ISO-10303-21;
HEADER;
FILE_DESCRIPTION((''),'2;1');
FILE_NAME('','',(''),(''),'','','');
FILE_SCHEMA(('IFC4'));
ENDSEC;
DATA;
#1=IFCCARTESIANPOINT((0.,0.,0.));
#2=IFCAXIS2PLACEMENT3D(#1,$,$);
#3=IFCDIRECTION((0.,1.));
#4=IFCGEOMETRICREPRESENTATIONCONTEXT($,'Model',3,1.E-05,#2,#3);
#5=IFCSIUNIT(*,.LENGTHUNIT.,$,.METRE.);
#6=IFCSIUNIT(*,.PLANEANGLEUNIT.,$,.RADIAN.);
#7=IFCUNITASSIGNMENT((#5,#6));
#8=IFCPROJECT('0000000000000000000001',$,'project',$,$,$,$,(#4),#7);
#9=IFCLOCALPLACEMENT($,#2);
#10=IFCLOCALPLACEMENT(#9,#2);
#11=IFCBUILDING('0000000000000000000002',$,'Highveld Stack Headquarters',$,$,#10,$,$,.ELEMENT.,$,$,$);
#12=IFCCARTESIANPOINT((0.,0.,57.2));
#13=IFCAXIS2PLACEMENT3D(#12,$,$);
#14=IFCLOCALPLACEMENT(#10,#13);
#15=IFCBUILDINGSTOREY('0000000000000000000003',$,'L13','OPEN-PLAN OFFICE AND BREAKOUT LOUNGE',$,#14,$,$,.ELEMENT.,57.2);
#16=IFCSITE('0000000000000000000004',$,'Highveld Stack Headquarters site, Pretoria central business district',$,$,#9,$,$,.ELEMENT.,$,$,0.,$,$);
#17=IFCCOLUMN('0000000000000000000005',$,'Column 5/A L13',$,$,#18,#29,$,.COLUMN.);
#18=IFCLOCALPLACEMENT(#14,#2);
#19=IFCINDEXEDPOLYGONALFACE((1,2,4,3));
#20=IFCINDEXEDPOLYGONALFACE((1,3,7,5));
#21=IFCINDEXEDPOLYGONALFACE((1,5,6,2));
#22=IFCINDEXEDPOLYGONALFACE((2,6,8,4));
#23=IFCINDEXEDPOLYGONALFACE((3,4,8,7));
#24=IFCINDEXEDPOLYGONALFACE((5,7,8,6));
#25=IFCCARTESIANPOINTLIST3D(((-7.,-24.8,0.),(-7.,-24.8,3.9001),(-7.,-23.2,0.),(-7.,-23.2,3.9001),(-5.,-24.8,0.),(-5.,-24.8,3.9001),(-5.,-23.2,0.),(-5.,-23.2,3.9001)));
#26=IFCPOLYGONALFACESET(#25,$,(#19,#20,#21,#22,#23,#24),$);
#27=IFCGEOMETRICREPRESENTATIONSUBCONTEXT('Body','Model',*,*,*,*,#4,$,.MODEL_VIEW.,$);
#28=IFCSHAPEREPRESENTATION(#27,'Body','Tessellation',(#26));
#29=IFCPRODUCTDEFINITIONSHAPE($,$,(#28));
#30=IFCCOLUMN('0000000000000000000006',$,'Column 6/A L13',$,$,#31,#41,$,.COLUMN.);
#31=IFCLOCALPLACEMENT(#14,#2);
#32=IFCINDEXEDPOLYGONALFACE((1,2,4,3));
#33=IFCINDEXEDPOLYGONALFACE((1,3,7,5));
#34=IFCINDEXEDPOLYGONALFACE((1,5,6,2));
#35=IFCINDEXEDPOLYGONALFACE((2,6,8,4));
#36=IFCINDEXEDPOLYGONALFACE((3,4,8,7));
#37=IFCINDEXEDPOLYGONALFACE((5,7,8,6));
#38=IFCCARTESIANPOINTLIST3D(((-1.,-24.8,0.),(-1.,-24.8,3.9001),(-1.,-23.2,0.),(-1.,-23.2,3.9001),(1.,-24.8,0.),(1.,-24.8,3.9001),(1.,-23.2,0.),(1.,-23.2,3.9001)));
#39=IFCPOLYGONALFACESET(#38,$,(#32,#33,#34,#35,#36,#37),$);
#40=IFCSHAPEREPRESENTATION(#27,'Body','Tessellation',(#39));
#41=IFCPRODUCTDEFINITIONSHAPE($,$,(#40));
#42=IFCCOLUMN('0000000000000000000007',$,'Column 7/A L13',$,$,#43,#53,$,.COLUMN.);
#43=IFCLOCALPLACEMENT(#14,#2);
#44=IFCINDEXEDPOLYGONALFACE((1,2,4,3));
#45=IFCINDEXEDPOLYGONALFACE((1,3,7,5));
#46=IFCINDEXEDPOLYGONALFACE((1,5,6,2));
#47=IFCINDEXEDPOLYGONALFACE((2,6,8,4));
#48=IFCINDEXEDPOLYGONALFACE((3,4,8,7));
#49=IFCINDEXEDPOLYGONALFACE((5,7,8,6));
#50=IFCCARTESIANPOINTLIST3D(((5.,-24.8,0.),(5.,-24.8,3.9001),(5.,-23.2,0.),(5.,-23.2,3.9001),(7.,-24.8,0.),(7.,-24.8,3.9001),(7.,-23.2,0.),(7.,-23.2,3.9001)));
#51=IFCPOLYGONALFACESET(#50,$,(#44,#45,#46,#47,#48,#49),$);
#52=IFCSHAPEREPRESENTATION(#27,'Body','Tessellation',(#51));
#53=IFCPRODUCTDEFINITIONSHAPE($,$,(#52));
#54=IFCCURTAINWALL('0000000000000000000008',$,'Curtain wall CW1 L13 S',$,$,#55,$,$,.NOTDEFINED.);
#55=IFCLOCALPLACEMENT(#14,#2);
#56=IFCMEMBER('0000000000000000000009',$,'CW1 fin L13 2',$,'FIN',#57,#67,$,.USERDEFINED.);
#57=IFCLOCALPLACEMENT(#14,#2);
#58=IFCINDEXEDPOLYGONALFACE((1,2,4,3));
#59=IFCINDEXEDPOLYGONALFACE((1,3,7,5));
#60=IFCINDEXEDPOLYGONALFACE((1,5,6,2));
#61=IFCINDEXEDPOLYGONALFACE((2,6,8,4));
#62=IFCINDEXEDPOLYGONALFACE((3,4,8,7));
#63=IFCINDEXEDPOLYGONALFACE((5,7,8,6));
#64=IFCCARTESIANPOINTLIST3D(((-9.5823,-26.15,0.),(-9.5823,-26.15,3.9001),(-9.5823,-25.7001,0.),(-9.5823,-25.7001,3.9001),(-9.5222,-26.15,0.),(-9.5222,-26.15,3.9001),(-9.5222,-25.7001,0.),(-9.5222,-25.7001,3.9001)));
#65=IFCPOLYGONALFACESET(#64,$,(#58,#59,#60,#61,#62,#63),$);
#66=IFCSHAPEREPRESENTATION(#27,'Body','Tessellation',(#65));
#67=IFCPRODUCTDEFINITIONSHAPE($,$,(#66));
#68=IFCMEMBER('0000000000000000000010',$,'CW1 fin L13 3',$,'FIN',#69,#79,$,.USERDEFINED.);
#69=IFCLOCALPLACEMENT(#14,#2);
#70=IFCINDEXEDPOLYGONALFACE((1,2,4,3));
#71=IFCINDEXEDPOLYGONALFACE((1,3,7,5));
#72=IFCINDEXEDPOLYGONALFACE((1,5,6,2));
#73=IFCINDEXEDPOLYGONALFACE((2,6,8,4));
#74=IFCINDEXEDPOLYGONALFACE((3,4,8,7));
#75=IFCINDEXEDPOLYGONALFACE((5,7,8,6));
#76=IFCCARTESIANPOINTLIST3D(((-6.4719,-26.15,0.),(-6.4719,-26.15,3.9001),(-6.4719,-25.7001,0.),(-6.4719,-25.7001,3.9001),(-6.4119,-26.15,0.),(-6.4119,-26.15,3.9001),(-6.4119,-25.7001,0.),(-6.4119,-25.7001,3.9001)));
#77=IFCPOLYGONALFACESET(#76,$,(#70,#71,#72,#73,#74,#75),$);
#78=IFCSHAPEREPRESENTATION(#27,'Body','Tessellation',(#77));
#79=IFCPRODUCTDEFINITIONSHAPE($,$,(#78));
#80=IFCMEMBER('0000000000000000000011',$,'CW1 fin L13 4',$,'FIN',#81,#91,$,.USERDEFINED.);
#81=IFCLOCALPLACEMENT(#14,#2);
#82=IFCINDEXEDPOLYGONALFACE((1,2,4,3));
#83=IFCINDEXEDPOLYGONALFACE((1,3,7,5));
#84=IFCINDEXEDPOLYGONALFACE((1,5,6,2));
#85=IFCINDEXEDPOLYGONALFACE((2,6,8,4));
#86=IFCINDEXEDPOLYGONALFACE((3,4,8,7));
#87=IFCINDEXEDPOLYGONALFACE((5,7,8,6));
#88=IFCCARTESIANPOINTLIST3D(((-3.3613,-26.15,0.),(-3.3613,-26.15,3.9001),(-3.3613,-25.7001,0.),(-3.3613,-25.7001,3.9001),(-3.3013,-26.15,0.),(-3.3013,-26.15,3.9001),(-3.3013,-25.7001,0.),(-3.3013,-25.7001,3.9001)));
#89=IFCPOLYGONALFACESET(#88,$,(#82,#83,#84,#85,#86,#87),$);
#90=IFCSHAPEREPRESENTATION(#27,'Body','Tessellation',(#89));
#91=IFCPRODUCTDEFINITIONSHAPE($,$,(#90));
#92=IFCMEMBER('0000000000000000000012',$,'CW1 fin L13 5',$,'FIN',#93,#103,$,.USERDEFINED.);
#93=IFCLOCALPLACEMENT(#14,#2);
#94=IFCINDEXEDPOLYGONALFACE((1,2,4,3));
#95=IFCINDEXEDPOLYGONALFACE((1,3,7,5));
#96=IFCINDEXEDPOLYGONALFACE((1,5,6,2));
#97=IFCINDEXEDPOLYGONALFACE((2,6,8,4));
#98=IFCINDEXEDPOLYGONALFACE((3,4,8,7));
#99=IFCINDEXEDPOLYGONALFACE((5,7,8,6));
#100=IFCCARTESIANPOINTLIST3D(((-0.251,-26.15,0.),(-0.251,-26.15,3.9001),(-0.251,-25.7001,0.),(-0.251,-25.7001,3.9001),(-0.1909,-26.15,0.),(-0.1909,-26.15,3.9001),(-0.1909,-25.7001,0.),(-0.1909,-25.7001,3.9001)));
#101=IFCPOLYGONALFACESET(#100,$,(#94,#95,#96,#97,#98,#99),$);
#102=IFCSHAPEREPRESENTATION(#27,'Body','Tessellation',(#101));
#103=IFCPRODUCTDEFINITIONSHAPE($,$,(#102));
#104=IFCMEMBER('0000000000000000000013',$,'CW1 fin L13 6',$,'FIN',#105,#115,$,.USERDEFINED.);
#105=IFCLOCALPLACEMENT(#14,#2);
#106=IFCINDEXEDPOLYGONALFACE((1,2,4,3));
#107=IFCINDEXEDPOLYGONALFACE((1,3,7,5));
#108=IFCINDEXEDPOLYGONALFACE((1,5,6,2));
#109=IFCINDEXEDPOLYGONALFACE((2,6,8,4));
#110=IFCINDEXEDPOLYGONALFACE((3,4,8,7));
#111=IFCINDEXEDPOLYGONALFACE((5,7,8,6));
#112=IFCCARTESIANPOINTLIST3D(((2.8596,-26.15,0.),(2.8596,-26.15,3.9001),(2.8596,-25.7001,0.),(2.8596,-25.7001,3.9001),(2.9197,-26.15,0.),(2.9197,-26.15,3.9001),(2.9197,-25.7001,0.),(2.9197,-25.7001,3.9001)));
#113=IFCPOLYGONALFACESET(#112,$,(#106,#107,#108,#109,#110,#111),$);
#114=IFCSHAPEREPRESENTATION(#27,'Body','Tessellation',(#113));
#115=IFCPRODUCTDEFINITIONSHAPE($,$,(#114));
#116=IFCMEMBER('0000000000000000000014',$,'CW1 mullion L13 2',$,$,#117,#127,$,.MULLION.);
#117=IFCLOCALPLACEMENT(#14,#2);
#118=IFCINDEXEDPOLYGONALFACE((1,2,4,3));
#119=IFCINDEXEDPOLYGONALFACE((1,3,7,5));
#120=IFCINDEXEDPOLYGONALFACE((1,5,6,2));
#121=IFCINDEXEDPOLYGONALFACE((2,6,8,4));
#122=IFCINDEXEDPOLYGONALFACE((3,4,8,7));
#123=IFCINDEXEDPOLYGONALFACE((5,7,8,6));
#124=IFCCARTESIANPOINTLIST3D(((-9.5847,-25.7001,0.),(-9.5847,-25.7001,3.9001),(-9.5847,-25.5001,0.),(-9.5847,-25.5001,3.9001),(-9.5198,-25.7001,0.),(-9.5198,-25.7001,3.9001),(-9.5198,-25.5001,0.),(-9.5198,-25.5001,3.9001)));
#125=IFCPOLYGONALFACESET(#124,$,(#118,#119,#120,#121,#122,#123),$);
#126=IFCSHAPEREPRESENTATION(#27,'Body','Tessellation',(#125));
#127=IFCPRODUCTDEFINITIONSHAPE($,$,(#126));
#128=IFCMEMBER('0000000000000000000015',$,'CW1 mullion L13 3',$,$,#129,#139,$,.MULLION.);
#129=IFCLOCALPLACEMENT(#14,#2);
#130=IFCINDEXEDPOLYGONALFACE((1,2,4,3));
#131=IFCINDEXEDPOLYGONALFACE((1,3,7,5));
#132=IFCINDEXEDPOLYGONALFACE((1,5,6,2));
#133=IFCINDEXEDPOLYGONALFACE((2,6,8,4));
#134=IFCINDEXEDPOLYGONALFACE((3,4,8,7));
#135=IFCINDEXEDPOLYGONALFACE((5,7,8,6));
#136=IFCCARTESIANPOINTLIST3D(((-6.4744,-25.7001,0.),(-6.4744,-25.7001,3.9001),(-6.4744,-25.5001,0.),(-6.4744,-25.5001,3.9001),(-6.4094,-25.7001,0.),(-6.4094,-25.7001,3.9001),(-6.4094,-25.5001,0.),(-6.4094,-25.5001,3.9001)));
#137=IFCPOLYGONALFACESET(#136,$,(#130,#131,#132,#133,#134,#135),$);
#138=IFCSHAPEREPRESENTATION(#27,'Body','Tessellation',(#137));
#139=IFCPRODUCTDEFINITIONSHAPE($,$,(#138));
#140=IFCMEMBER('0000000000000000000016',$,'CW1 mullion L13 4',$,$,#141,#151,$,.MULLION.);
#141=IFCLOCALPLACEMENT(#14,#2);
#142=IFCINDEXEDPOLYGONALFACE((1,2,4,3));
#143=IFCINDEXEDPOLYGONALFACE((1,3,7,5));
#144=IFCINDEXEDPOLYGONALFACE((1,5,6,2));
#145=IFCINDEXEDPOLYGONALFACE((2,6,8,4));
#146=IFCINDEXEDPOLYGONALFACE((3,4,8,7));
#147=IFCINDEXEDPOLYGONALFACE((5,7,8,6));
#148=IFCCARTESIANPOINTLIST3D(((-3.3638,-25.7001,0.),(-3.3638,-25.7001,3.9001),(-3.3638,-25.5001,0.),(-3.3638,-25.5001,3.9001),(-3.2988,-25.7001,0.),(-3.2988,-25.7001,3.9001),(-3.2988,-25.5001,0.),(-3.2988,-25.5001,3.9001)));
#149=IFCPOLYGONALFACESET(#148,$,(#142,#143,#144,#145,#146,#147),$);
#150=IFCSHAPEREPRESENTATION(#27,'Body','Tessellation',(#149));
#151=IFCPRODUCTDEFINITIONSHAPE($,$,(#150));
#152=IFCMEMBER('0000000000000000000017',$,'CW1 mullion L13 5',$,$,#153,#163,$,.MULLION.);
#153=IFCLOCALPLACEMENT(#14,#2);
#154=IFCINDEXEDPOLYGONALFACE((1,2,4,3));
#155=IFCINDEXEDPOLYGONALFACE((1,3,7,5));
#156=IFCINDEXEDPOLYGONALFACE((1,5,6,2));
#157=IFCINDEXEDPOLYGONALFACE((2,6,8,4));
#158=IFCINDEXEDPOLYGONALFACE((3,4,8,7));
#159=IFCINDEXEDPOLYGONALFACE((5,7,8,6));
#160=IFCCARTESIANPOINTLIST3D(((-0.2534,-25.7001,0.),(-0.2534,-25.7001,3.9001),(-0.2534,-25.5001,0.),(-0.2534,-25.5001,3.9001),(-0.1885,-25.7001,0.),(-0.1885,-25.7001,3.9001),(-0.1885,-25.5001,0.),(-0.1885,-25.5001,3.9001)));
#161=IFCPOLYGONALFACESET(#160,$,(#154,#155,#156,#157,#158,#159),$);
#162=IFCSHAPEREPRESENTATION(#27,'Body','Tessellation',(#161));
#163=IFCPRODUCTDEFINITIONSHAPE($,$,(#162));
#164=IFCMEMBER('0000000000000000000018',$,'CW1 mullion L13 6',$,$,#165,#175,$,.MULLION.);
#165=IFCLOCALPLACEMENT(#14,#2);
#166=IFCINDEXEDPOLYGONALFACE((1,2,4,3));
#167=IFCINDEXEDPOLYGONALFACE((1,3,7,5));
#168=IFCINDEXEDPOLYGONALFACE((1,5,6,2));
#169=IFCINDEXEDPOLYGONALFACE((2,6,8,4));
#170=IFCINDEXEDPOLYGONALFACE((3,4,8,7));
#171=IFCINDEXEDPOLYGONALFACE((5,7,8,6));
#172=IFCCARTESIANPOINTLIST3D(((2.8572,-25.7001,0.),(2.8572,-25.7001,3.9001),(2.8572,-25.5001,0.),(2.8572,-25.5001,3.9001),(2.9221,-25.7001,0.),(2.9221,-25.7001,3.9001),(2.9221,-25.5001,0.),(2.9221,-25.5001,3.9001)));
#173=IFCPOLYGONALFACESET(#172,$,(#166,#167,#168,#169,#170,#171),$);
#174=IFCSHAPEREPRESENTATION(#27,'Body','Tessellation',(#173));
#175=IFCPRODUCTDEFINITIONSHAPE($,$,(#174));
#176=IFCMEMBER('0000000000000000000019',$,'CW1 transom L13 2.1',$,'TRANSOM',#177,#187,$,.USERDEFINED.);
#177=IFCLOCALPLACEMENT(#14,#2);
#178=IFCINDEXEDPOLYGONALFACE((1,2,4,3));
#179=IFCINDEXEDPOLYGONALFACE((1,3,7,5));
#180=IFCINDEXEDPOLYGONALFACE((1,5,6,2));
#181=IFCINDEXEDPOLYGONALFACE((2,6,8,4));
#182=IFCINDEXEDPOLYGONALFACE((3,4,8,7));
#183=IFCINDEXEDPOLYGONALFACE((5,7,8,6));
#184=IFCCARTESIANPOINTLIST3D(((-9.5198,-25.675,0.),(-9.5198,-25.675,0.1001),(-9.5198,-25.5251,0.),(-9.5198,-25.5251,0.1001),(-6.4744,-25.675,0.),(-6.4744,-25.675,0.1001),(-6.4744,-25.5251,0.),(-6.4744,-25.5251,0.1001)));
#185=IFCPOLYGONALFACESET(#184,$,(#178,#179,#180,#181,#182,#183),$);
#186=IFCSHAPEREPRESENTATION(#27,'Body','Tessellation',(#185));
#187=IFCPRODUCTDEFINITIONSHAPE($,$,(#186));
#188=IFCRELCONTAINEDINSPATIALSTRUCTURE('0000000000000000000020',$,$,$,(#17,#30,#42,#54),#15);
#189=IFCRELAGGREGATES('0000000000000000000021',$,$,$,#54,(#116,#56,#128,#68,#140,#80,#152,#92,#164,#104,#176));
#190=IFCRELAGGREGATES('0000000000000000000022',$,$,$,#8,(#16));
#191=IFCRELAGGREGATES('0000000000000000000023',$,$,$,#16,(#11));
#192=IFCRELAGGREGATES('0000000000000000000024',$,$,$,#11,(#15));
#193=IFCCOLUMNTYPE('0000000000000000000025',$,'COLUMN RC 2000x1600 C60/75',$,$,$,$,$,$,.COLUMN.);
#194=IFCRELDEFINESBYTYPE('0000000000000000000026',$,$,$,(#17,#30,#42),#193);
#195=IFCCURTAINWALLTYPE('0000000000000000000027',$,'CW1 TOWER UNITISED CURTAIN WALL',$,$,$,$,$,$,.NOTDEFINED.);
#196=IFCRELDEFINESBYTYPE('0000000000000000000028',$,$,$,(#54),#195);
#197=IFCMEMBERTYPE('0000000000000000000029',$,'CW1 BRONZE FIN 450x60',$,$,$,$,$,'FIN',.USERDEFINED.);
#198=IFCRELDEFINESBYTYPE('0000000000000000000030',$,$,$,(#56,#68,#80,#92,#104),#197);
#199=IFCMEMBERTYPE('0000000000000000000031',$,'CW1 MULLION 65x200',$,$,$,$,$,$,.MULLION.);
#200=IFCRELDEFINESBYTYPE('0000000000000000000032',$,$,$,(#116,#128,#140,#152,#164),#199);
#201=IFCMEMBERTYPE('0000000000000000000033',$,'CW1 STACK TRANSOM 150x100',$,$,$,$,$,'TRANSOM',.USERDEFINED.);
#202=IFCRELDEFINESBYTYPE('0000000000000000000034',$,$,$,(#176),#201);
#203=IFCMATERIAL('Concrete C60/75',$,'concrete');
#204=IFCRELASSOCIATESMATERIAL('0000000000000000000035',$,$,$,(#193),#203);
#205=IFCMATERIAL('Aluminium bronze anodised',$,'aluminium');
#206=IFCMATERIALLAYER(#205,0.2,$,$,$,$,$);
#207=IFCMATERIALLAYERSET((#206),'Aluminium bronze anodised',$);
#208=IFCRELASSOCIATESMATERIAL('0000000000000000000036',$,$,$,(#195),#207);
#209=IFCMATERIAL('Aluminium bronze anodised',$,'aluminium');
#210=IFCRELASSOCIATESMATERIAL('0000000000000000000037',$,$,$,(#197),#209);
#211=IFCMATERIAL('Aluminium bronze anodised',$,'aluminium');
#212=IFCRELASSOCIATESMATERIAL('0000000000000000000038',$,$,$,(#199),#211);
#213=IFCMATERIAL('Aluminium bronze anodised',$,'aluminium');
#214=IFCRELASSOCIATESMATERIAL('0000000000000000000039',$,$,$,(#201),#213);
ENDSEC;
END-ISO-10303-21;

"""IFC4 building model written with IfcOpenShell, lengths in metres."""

from ifc_helpers import new_model, si_unit, direction, frame, origin, origin_2d, place, context, subcontext, project, spatial, rectangle, extrude, material, layer, layer_set, material_profile, profile_set, type_object, element, aggregate, save


model = new_model("IFC4")

# Units and contexts
model_context = context("Model", 3, precision=1e-05, world=origin(), true_north=direction((0.0, 1.0)))
body_context = subcontext(model_context, "Body", "Model", "MODEL_VIEW")
ifc_project = project(units=[si_unit("LENGTHUNIT", "METRE"), si_unit("PLANEANGLEUNIT", "RADIAN")], contexts=[model_context])

# Site, building, storey
site_placement = place(None, origin())
site = spatial("IfcSite", under=ifc_project, at=site_placement, Name="Highveld Stack Headquarters site, Pretoria central business district", CompositionType="ELEMENT", RefElevation=0.0)
building_placement = place(site_placement, origin())
building = spatial("IfcBuilding", under=site, at=building_placement, Name="Highveld Stack Headquarters", CompositionType="ELEMENT")
storey_placement = place(building_placement, frame((0.0, 0.0, 57.2)))
storey = spatial("IfcBuildingStorey", under=building, at=storey_placement, Name="L13", Description="OPEN-PLAN OFFICE AND BREAKOUT LOUNGE", CompositionType="ELEMENT", Elevation=57.2)

# Columns
ifc_material_1 = material(Name="Concrete C60/75", Category="concrete")
ifc_material_profile_1 = material_profile(ifc_material_1, rectangle(XDim=2.0, YDim=1.6001, at=origin_2d()), Name="RC 2000x1600")
ifc_profile_set_1 = profile_set([ifc_material_profile_1], Name="Concrete C60/75")
column_type = type_object("IfcColumnType", Name="COLUMN RC 2000x1600 C60/75", PredefinedType="COLUMN", material=ifc_profile_set_1)
for number, where, z_axis, x_axis, name in (
    (1, (-6.0, -24.0, 0.0), (0.0, 0.0, 1.0), (1.0, 0.0, 0.0), "Column 5/A L13"),
    (2, (0.0, -24.0, 0.0), (0.0, 0.0, 1.0), (1.0, 0.0, 0.0), "Column 6/A L13"),
    (3, (6.0, -24.0, 0.0), (0.0, 0.0, 1.0), (1.0, 0.0, 0.0), "Column 7/A L13"),
):
    element("IfcColumn", number, at=place(storey_placement, frame(where, z_axis=z_axis, x_axis=x_axis)), inside=storey, type_object=column_type, Name=name, PredefinedType="COLUMN", context=body_context, shape_type="SweptSolid", body=[
        extrude(rectangle(XDim=2.0, YDim=1.6001, at=origin_2d()), origin(), (0.0, 0.0, 1.0), 3.9001),
    ])

# Curtain wall, members
ifc_material_2 = material(Name="Aluminium bronze anodised", Category="aluminium")
ifc_layer_1 = layer(ifc_material_2, 0.2)
ifc_layer_set_1 = layer_set([ifc_layer_1], Name="Aluminium bronze anodised")
curtain_wall_type = type_object("IfcCurtainWallType", Name="CW1 TOWER UNITISED CURTAIN WALL", PredefinedType="NOTDEFINED", material=ifc_layer_set_1)
curtain_wall_placement = place(storey_placement, origin())
curtain_wall = element("IfcCurtainWall", 4, at=curtain_wall_placement, inside=storey, type_object=curtain_wall_type, Name="Curtain wall CW1 L13 S", PredefinedType="NOTDEFINED")
ifc_material_3 = material(Name="Aluminium bronze anodised", Category="aluminium")
ifc_material_profile_2 = material_profile(ifc_material_3, rectangle(XDim=0.45, YDim=0.0601, at=origin_2d()), Name="FIN 450x60")
ifc_profile_set_2 = profile_set([ifc_material_profile_2], Name="Aluminium bronze anodised")
member_type_1 = type_object("IfcMemberType", Name="CW1 BRONZE FIN 450x60", ElementType="FIN", PredefinedType="USERDEFINED", material=ifc_profile_set_2)
member_1_placement = place(storey_placement, frame((-9.5522, -25.925, 0.0), z_axis=(0.0, 0.0, 1.0), x_axis=(0.0, 1.0, 0.0)))
member_1 = element("IfcMember", 5, at=member_1_placement, type_object=member_type_1, Name="CW1 fin L13 2", ObjectType="FIN", PredefinedType="USERDEFINED", context=body_context, shape_type="SweptSolid", body=[
    extrude(rectangle(XDim=0.45, YDim=0.0601, at=origin_2d()), origin(), (0.0, 0.0, 1.0), 3.9001),
])
member_2_placement = place(storey_placement, frame((-6.4419, -25.925, 0.0), z_axis=(0.0, 0.0, 1.0), x_axis=(0.0, 1.0, 0.0)))
member_2 = element("IfcMember", 6, at=member_2_placement, type_object=member_type_1, Name="CW1 fin L13 3", ObjectType="FIN", PredefinedType="USERDEFINED", context=body_context, shape_type="SweptSolid", body=[
    extrude(rectangle(XDim=0.45, YDim=0.0601, at=origin_2d()), origin(), (0.0, 0.0, 1.0), 3.9001),
])
member_3_placement = place(storey_placement, frame((-3.3313, -25.925, 0.0), z_axis=(0.0, 0.0, 1.0), x_axis=(0.0, 1.0, 0.0)))
member_3 = element("IfcMember", 7, at=member_3_placement, type_object=member_type_1, Name="CW1 fin L13 4", ObjectType="FIN", PredefinedType="USERDEFINED", context=body_context, shape_type="SweptSolid", body=[
    extrude(rectangle(XDim=0.45, YDim=0.0601, at=origin_2d()), origin(), (0.0, 0.0, 1.0), 3.9001),
])
member_4_placement = place(storey_placement, frame((-0.2209, -25.925, 0.0), z_axis=(0.0, 0.0, 1.0), x_axis=(0.0, 1.0, 0.0)))
member_4 = element("IfcMember", 8, at=member_4_placement, type_object=member_type_1, Name="CW1 fin L13 5", ObjectType="FIN", PredefinedType="USERDEFINED", context=body_context, shape_type="SweptSolid", body=[
    extrude(rectangle(XDim=0.45, YDim=0.0601, at=origin_2d()), origin(), (0.0, 0.0, 1.0), 3.9001),
])
member_5_placement = place(storey_placement, frame((2.8896, -25.925, 0.0), z_axis=(0.0, 0.0, 1.0), x_axis=(0.0, 1.0, 0.0)))
member_5 = element("IfcMember", 9, at=member_5_placement, type_object=member_type_1, Name="CW1 fin L13 6", ObjectType="FIN", PredefinedType="USERDEFINED", context=body_context, shape_type="SweptSolid", body=[
    extrude(rectangle(XDim=0.45, YDim=0.0601, at=origin_2d()), origin(), (0.0, 0.0, 1.0), 3.9001),
])
ifc_material_4 = material(Name="Aluminium bronze anodised", Category="aluminium")
ifc_material_profile_3 = material_profile(ifc_material_4, rectangle(XDim=0.2, YDim=0.0649, at=origin_2d()), Name="CW1 MULLION 65x200")
ifc_profile_set_3 = profile_set([ifc_material_profile_3], Name="Aluminium bronze anodised")
member_type_2 = type_object("IfcMemberType", Name="CW1 MULLION 65x200", PredefinedType="MULLION", material=ifc_profile_set_3)
member_6_placement = place(storey_placement, frame((-9.5522, -25.6001, 0.0), z_axis=(0.0, 0.0, 1.0), x_axis=(0.0, 1.0, 0.0)))
member_6 = element("IfcMember", 10, at=member_6_placement, type_object=member_type_2, Name="CW1 mullion L13 2", PredefinedType="MULLION", context=body_context, shape_type="SweptSolid", body=[
    extrude(rectangle(XDim=0.2, YDim=0.0649, at=origin_2d()), origin(), (0.0, 0.0, 1.0), 3.9001),
])
member_7_placement = place(storey_placement, frame((-6.4419, -25.6001, 0.0), z_axis=(0.0, 0.0, 1.0), x_axis=(0.0, 1.0, 0.0)))
member_7 = element("IfcMember", 11, at=member_7_placement, type_object=member_type_2, Name="CW1 mullion L13 3", PredefinedType="MULLION", context=body_context, shape_type="SweptSolid", body=[
    extrude(rectangle(XDim=0.2, YDim=0.0649, at=origin_2d()), origin(), (0.0, 0.0, 1.0), 3.9001),
])
member_8_placement = place(storey_placement, frame((-3.3313, -25.6001, 0.0), z_axis=(0.0, 0.0, 1.0), x_axis=(0.0, 1.0, 0.0)))
member_8 = element("IfcMember", 12, at=member_8_placement, type_object=member_type_2, Name="CW1 mullion L13 4", PredefinedType="MULLION", context=body_context, shape_type="SweptSolid", body=[
    extrude(rectangle(XDim=0.2, YDim=0.0649, at=origin_2d()), origin(), (0.0, 0.0, 1.0), 3.9001),
])
member_9_placement = place(storey_placement, frame((-0.2209, -25.6001, 0.0), z_axis=(0.0, 0.0, 1.0), x_axis=(0.0, 1.0, 0.0)))
member_9 = element("IfcMember", 13, at=member_9_placement, type_object=member_type_2, Name="CW1 mullion L13 5", PredefinedType="MULLION", context=body_context, shape_type="SweptSolid", body=[
    extrude(rectangle(XDim=0.2, YDim=0.0649, at=origin_2d()), origin(), (0.0, 0.0, 1.0), 3.9001),
])
member_10_placement = place(storey_placement, frame((2.8896, -25.6001, 0.0), z_axis=(0.0, 0.0, 1.0), x_axis=(0.0, 1.0, 0.0)))
member_10 = element("IfcMember", 14, at=member_10_placement, type_object=member_type_2, Name="CW1 mullion L13 6", PredefinedType="MULLION", context=body_context, shape_type="SweptSolid", body=[
    extrude(rectangle(XDim=0.2, YDim=0.0649, at=origin_2d()), origin(), (0.0, 0.0, 1.0), 3.9001),
])
ifc_material_5 = material(Name="Aluminium bronze anodised", Category="aluminium")
ifc_material_profile_4 = material_profile(ifc_material_5, rectangle(XDim=0.1499, YDim=0.1001, at=origin_2d()), Name="CW1 TRANSOM 150x100")
ifc_profile_set_4 = profile_set([ifc_material_profile_4], Name="Aluminium bronze anodised")
member_type_3 = type_object("IfcMemberType", Name="CW1 STACK TRANSOM 150x100", ElementType="TRANSOM", PredefinedType="USERDEFINED", material=ifc_profile_set_4)
member_11_placement = place(storey_placement, frame((-9.5198, -25.6001, 0.05), z_axis=(1.0, 0.0, 0.0), x_axis=(0.0, 1.0, 0.0)))
member_11 = element("IfcMember", 15, at=member_11_placement, type_object=member_type_3, Name="CW1 transom L13 2.1", ObjectType="TRANSOM", PredefinedType="USERDEFINED", context=body_context, shape_type="SweptSolid", body=[
    extrude(rectangle(XDim=0.1499, YDim=0.1001, at=origin_2d()), origin(), (0.0, 0.0, 1.0), 3.0454),
])
aggregate(curtain_wall, [member_6, member_1, member_7, member_2, member_8, member_3, member_9, member_4, member_10, member_5, member_11])

save(model, "model.ifc")
